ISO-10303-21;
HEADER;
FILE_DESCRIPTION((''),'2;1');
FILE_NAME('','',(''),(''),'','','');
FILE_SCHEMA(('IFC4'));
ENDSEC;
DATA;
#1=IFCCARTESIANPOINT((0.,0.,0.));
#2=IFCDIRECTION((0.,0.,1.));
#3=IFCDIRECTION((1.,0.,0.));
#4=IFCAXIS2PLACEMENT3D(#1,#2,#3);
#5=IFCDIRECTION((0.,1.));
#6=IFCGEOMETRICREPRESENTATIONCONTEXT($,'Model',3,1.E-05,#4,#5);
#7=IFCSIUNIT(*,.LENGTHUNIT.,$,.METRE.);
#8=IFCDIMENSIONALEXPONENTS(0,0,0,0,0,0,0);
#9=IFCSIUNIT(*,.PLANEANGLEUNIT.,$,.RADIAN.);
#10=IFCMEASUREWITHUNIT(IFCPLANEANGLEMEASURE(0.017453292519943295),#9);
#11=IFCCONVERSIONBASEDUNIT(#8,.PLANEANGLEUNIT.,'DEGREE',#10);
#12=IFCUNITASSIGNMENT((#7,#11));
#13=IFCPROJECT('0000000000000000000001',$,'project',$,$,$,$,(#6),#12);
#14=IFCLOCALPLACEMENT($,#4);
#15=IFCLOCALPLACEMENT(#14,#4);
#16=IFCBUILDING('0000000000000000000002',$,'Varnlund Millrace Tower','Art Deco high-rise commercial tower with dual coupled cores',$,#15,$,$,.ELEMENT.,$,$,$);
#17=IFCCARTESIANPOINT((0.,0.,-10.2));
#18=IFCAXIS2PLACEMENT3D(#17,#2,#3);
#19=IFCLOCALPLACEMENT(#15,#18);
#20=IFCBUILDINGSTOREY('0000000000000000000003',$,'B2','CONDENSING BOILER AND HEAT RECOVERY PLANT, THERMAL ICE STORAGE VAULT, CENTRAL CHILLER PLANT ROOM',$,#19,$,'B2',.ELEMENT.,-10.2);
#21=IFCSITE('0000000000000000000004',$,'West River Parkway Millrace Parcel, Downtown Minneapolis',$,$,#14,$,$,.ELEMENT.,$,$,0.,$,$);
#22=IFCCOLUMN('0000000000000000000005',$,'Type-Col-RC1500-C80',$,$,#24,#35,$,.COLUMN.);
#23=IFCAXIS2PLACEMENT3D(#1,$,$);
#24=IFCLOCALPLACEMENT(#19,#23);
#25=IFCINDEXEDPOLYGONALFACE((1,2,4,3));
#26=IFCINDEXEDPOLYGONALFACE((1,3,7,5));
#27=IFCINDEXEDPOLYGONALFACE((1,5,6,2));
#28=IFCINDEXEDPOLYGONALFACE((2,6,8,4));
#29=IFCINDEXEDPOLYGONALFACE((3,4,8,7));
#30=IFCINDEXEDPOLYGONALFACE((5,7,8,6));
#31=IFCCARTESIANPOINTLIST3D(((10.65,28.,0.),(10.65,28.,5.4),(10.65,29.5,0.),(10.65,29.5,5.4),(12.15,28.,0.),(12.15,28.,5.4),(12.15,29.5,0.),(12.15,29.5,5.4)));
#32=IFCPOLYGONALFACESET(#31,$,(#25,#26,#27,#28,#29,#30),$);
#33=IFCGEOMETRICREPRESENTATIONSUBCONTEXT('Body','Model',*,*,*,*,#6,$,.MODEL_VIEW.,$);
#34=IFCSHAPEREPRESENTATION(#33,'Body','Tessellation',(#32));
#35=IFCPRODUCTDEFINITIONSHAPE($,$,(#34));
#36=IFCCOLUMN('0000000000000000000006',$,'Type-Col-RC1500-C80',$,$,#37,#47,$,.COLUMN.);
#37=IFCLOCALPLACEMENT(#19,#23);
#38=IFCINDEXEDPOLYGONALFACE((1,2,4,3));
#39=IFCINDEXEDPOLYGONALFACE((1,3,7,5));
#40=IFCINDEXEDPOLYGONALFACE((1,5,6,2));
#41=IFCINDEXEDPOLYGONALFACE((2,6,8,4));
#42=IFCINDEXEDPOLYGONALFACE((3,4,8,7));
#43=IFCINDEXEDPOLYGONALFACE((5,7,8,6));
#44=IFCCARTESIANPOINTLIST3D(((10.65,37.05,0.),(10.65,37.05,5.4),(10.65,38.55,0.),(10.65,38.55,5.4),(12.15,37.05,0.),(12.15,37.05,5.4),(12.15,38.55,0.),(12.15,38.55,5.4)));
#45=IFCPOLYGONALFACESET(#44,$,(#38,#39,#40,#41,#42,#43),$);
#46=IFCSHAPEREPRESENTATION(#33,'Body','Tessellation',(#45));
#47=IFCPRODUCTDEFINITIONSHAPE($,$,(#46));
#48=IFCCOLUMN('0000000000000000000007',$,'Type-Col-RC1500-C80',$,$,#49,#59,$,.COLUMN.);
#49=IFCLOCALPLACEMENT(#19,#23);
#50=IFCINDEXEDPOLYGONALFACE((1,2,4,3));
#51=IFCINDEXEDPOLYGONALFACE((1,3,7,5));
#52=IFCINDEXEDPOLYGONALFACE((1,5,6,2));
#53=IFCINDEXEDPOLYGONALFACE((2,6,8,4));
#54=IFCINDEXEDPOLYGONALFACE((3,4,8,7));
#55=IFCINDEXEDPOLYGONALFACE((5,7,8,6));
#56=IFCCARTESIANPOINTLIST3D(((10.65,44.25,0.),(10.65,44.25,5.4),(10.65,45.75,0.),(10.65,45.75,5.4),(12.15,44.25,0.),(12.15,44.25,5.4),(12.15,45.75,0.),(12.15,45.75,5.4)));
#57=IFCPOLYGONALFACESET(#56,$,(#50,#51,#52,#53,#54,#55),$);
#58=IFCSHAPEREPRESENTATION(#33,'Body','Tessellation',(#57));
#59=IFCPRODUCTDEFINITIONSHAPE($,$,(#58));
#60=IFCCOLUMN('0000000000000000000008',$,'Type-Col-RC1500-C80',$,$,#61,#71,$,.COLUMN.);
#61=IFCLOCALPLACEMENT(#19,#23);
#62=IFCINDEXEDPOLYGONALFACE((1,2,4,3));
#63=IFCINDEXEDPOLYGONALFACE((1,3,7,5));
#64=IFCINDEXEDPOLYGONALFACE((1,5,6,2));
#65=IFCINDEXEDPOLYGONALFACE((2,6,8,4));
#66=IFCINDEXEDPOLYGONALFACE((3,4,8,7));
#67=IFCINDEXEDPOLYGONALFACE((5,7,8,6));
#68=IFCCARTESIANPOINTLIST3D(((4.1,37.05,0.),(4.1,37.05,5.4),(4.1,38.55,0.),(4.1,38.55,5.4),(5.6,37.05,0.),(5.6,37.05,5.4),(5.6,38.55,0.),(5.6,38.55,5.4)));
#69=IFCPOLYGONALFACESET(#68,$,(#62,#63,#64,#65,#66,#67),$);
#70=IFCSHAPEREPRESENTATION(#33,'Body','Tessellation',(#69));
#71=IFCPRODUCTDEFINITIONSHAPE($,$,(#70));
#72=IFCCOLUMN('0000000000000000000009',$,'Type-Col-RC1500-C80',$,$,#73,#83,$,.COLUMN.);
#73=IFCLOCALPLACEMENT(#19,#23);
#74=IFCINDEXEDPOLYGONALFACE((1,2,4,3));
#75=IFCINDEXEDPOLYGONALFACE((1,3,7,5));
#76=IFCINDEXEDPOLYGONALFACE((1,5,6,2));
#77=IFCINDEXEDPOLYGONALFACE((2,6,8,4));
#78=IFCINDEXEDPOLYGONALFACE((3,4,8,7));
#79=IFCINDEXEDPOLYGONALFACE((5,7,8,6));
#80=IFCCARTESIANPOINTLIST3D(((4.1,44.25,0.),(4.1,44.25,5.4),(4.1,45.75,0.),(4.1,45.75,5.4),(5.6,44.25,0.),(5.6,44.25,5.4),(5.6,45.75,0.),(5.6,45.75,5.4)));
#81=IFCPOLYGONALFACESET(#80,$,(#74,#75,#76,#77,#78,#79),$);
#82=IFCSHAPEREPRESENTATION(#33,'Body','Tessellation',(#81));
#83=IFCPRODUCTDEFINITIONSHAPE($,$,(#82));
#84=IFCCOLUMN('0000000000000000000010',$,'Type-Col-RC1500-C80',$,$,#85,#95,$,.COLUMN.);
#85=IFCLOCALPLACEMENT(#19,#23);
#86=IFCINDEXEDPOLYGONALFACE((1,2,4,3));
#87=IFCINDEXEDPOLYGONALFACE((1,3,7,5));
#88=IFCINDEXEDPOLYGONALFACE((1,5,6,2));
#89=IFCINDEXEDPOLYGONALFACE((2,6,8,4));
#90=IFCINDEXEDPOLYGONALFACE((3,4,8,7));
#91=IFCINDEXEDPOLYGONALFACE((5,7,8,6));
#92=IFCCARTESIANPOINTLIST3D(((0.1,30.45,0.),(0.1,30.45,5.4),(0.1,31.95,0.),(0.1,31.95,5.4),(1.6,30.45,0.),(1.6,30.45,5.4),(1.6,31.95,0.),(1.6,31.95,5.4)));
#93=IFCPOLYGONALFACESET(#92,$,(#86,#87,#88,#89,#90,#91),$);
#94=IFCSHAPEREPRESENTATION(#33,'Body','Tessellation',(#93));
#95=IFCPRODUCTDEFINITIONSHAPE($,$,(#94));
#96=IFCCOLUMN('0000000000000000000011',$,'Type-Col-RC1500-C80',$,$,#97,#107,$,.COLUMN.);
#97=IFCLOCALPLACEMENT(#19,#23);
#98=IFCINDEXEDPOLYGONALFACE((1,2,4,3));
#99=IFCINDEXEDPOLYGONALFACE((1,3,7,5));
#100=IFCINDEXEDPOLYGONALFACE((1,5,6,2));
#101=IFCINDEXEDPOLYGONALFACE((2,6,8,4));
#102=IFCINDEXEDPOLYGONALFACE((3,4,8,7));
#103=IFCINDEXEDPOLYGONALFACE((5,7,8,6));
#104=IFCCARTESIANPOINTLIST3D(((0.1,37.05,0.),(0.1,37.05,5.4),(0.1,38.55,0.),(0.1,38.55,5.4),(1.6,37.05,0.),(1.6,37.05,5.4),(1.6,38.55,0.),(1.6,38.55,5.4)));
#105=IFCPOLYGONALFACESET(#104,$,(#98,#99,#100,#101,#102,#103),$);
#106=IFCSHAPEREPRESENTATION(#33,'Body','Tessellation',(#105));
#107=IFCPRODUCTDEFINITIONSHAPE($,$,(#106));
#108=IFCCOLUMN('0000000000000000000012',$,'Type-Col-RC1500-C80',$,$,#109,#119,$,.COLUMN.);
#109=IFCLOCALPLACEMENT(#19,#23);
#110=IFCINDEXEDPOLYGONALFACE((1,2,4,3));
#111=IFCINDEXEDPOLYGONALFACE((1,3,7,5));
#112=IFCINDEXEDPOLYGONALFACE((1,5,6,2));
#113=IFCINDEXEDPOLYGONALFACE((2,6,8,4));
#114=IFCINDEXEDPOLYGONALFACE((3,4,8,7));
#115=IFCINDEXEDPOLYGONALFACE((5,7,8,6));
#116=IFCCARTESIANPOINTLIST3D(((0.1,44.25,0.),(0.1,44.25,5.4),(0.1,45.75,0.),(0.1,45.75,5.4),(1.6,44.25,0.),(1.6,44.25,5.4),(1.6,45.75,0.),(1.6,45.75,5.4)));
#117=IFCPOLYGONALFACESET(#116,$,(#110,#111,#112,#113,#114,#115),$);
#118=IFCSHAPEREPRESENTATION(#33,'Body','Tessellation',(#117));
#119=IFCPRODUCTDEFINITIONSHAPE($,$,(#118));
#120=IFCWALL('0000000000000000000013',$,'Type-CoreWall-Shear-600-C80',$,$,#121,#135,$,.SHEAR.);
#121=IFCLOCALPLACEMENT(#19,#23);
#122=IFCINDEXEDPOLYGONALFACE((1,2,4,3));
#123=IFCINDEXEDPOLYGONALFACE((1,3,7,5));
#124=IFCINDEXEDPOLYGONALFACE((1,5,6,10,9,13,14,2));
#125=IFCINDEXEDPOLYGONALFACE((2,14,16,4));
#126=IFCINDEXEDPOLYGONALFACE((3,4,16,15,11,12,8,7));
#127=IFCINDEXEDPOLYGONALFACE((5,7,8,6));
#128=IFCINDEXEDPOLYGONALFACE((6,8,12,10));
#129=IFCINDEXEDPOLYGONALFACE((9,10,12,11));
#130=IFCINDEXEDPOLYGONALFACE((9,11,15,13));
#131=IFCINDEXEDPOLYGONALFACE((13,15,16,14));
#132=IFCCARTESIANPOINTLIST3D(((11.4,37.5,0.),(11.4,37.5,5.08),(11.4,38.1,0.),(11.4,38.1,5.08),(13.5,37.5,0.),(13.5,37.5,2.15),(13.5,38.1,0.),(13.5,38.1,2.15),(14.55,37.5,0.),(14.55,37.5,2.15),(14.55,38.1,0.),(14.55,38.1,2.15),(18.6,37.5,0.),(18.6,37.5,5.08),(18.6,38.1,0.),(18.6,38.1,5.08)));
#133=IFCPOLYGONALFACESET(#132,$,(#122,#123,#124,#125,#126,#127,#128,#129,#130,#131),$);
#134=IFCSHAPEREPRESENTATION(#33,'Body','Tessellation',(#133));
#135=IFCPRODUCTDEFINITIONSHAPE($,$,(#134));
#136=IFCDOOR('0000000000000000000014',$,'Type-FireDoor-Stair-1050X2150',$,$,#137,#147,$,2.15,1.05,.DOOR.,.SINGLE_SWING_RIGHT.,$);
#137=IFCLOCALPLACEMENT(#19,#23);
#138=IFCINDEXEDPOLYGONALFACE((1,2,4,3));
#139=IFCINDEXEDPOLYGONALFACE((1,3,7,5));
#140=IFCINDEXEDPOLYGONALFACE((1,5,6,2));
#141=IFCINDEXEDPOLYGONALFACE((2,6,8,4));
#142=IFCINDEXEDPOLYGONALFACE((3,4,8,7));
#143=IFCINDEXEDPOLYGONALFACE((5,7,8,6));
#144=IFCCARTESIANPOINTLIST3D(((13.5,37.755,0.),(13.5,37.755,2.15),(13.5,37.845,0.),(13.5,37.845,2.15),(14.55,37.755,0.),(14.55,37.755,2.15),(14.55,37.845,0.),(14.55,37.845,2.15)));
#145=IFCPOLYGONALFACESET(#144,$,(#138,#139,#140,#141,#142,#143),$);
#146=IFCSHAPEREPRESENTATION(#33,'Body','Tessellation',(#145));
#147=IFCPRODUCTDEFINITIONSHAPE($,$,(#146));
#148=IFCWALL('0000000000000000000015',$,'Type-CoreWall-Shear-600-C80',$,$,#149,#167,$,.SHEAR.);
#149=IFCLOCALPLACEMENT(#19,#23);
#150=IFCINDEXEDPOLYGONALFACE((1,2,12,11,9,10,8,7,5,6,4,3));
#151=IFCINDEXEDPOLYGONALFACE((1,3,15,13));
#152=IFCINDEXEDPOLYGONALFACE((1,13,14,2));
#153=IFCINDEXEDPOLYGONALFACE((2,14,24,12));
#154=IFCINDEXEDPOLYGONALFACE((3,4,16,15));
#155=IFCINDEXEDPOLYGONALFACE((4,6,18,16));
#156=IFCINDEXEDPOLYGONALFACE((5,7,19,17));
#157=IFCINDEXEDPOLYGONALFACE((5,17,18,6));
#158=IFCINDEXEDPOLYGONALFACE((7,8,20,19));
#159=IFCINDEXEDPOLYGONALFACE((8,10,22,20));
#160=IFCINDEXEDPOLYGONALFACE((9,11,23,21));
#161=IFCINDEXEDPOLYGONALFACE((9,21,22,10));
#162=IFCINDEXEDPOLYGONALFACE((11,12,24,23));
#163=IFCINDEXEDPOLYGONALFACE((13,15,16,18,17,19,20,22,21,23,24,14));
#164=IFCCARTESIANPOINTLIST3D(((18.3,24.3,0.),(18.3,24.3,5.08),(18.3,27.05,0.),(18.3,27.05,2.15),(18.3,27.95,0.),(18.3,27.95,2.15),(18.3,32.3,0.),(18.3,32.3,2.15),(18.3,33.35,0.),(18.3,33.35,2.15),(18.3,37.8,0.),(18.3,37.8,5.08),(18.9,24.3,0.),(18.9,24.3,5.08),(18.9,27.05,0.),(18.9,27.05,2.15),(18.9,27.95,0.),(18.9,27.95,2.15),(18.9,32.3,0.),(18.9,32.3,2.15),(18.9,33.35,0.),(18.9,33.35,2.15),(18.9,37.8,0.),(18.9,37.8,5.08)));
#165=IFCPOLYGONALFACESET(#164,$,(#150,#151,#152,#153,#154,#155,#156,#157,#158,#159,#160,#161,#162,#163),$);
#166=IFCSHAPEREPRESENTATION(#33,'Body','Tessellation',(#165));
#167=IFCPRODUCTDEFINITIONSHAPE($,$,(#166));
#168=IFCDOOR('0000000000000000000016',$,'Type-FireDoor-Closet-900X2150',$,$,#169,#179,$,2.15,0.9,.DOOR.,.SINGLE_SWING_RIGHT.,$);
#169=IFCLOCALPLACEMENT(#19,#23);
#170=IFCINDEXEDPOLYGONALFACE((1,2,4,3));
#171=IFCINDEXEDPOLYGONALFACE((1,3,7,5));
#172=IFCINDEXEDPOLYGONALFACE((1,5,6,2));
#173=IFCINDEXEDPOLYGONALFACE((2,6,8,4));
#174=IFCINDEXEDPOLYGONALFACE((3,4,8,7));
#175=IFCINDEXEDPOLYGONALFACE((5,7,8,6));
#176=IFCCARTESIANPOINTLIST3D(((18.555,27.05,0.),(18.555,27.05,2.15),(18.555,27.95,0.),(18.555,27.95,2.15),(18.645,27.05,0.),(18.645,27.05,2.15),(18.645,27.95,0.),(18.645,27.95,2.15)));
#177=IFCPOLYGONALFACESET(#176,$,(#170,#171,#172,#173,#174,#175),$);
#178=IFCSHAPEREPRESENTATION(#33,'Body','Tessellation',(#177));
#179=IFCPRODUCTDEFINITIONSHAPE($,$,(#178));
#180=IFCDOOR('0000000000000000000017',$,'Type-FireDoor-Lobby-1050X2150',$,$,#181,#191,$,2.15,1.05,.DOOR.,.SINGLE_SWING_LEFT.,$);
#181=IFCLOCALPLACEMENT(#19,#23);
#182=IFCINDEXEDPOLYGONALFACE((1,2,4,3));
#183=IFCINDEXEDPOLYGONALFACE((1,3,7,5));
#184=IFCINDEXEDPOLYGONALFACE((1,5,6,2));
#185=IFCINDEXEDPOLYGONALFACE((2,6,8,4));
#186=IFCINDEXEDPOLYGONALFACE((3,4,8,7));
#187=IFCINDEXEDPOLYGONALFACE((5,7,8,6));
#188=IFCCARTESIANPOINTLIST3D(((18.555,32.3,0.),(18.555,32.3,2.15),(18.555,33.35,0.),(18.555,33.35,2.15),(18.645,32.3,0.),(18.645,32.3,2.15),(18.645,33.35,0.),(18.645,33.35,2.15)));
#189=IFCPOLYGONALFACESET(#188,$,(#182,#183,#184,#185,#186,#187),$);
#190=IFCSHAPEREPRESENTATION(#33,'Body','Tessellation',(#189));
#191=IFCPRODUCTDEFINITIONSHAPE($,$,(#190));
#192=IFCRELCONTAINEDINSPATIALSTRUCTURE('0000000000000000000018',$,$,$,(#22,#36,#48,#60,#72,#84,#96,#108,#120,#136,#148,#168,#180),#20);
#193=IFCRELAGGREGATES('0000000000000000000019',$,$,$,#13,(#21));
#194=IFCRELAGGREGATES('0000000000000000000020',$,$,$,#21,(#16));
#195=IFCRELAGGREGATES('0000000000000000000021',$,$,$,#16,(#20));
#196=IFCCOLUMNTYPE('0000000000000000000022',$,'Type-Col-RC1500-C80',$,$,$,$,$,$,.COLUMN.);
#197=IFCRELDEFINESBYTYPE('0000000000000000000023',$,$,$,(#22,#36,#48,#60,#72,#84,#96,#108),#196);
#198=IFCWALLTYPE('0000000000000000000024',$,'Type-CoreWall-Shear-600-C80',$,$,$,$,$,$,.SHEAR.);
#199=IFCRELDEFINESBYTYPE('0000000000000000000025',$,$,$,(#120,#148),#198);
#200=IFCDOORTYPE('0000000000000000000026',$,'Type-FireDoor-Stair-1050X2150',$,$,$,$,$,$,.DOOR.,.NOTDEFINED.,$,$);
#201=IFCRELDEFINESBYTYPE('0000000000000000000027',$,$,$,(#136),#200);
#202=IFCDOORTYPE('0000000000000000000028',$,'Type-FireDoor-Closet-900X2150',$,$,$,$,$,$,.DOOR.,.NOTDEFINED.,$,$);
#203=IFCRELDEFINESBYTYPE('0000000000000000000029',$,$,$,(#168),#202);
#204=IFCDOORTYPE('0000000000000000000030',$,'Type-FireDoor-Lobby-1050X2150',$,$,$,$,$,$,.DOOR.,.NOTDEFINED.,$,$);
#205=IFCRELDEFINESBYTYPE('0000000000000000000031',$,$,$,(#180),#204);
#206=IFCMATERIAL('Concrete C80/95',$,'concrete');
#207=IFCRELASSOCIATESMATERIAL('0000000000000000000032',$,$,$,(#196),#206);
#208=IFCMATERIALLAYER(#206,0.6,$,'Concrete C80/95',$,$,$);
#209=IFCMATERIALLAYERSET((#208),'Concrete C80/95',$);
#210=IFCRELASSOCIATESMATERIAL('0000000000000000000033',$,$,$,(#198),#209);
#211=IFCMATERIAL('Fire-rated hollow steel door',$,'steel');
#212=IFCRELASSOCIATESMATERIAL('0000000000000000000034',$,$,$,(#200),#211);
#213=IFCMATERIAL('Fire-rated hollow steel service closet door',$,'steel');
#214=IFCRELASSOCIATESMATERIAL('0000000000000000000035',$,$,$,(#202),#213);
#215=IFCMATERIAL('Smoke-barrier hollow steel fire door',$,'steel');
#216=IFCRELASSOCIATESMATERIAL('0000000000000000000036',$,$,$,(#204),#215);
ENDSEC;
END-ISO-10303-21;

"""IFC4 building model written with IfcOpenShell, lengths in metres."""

from ifc_helpers import new_model, entity, si_unit, converted_unit, direction, frame, origin_with_axes, origin_2d_with_axis, place, context, subcontext, project, spatial, polyline, rectangle, outline, extrude, material, layer, layer_set, material_profile, profile_set, type_object, element, fill, save


model = new_model("IFC4")

# Units and contexts
model_context = context("Model", 3, precision=1e-05, world=origin_with_axes(), true_north=direction((0.0, 1.0)))
body_context = subcontext(model_context, "Body", "Model", "MODEL_VIEW")
ifc_project = project(units=[si_unit("LENGTHUNIT", "METRE"), converted_unit("PLANEANGLEUNIT", "DEGREE", entity("IfcPlaneAngleMeasure", 0.017453292519943295), si_unit("PLANEANGLEUNIT", "RADIAN"), dimensions=[0, 0, 0, 0, 0, 0, 0])], contexts=[model_context])

# Site, building, storey
site_placement = place(None, origin_with_axes())
site = spatial("IfcSite", under=ifc_project, at=site_placement, Name="West River Parkway Millrace Parcel, Downtown Minneapolis", CompositionType="ELEMENT", RefElevation=0.0)
building_placement = place(site_placement, origin_with_axes())
building = spatial("IfcBuilding", under=site, at=building_placement, Name="Varnlund Millrace Tower", Description="Art Deco high-rise commercial tower with dual coupled cores", CompositionType="ELEMENT")
storey_placement = place(building_placement, frame((0.0, 0.0, -10.2), z_axis=(0.0, 0.0, 1.0), x_axis=(1.0, 0.0, 0.0)))
storey = spatial("IfcBuildingStorey", under=building, at=storey_placement, Name="B2", Description="CONDENSING BOILER AND HEAT RECOVERY PLANT, THERMAL ICE STORAGE VAULT, CENTRAL CHILLER PLANT ROOM", LongName="B2", CompositionType="ELEMENT", Elevation=-10.2)

# Columns
ifc_material_1 = material(Name="Concrete C80/95", Category="concrete")
ifc_material_profile = material_profile(ifc_material_1, rectangle(XDim=1.5, YDim=1.5, at=origin_2d_with_axis()), Name="Concrete C80/95")
ifc_profile_set = profile_set([ifc_material_profile], Name="Concrete C80/95")
column_type = type_object("IfcColumnType", Name="Type-Col-RC1500-C80", PredefinedType="COLUMN", material=ifc_profile_set)
for number, where, z_axis, x_axis, name in (
    (1, (11.4, 28.75, 0.0), (0.0, 0.0, 1.0), (1.0, 0.0, 0.0), "Type-Col-RC1500-C80"),
    (2, (11.4, 37.8, 0.0), (0.0, 0.0, 1.0), (1.0, 0.0, 0.0), "Type-Col-RC1500-C80"),
    (3, (11.4, 45.0, 0.0), (0.0, 0.0, 1.0), (1.0, 0.0, 0.0), "Type-Col-RC1500-C80"),
    (4, (4.85, 37.8, 0.0), (0.0, 0.0, 1.0), (1.0, 0.0, 0.0), "Type-Col-RC1500-C80"),
    (5, (4.85, 45.0, 0.0), (0.0, 0.0, 1.0), (1.0, 0.0, 0.0), "Type-Col-RC1500-C80"),
    (6, (0.85, 31.2, 0.0), (0.0, 0.0, 1.0), (1.0, 0.0, 0.0), "Type-Col-RC1500-C80"),
    (7, (0.85, 37.8, 0.0), (0.0, 0.0, 1.0), (1.0, 0.0, 0.0), "Type-Col-RC1500-C80"),
    (8, (0.85, 45.0, 0.0), (0.0, 0.0, 1.0), (1.0, 0.0, 0.0), "Type-Col-RC1500-C80"),
):
    element("IfcColumn", number, at=place(storey_placement, frame(where, z_axis=z_axis, x_axis=x_axis)), inside=storey, type_object=column_type, Name=name, PredefinedType="COLUMN", context=body_context, shape_type="SweptSolid", body=[
        extrude(rectangle(XDim=1.5, YDim=1.5, at=origin_2d_with_axis()), origin_with_axes(), (0.0, 0.0, 1.0), 5.4),
    ])

# Wall, opening, door
ifc_layer_1 = layer(ifc_material_1, 0.6, Name="Concrete C80/95")
ifc_layer_set_1 = layer_set([ifc_layer_1], Name="Concrete C80/95")
wall_type_1 = type_object("IfcWallType", Name="Type-CoreWall-Shear-600-C80", PredefinedType="SHEAR", material=ifc_layer_set_1)
wall_1_placement = place(storey_placement, frame((11.4, 37.8, 0.0), z_axis=(0.0, 0.0, 1.0), x_axis=(1.0, 0.0, 0.0)))
wall_1 = element("IfcWall", 9, at=wall_1_placement, inside=storey, type_object=wall_type_1, Name="Type-CoreWall-Shear-600-C80", PredefinedType="SHEAR", context=body_context, shape_type="SweptSolid", body=[
    extrude(outline(polyline([(0.0, -0.3), (7.2, -0.3), (7.2, 0.3), (0.0, 0.3), (0.0, -0.3)])), origin_with_axes(), (0.0, 0.0, 1.0), 5.08),
])
opening_1_placement = place(wall_1_placement, frame((2.625, 0.0, 0.0), z_axis=(0.0, 0.0, 1.0), x_axis=(1.0, 0.0, 0.0)))
opening_1 = element("IfcOpeningElement", 10, at=opening_1_placement, cuts=wall_1, PredefinedType="OPENING", context=body_context, shape_type="SweptSolid", body=[
    extrude(rectangle(XDim=1.05, YDim=0.62, at=origin_2d_with_axis()), origin_with_axes(), (0.0, 0.0, 1.0), 2.15),
])
ifc_material_2 = material(Name="Fire-rated hollow steel door", Category="steel")
door_type_1 = type_object("IfcDoorType", Name="Type-FireDoor-Stair-1050X2150", OperationType="NOTDEFINED", PredefinedType="DOOR", material=ifc_material_2)
door_1_placement = place(wall_1_placement, frame((2.625, 0.0, 0.0), z_axis=(0.0, 0.0, 1.0), x_axis=(1.0, 0.0, 0.0)))
door_1 = element("IfcDoor", 11, at=door_1_placement, inside=storey, type_object=door_type_1, Name="Type-FireDoor-Stair-1050X2150", OperationType="SINGLE_SWING_RIGHT", OverallHeight=2.15, OverallWidth=1.05, PredefinedType="DOOR", context=body_context, shape_type="SweptSolid", body=[
    extrude(rectangle(XDim=1.05, YDim=0.09, at=origin_2d_with_axis()), origin_with_axes(), (0.0, 0.0, 1.0), 2.15),
])
fill(opening_1, door_1)

# Wall, openings, doors
wall_2_placement = place(storey_placement, frame((18.6, 24.3, 0.0), z_axis=(0.0, 0.0, 1.0), x_axis=(0.0, 1.0, 0.0)))
wall_2 = element("IfcWall", 12, at=wall_2_placement, inside=storey, type_object=wall_type_1, Name="Type-CoreWall-Shear-600-C80", PredefinedType="SHEAR", context=body_context, shape_type="SweptSolid", body=[
    extrude(outline(polyline([(0.0, -0.3), (13.5, -0.3), (13.5, 0.3), (0.0, 0.3), (0.0, -0.3)])), origin_with_axes(), (0.0, 0.0, 1.0), 5.08),
])
opening_2_placement = place(wall_2_placement, frame((3.2, 0.0, 0.0), z_axis=(0.0, 0.0, 1.0), x_axis=(1.0, 0.0, 0.0)))
opening_2 = element("IfcOpeningElement", 13, at=opening_2_placement, cuts=wall_2, PredefinedType="OPENING", context=body_context, shape_type="SweptSolid", body=[
    extrude(rectangle(XDim=0.9, YDim=0.62, at=origin_2d_with_axis()), origin_with_axes(), (0.0, 0.0, 1.0), 2.15),
])
opening_3_placement = place(wall_2_placement, frame((8.525, 0.0, 0.0), z_axis=(0.0, 0.0, 1.0), x_axis=(1.0, 0.0, 0.0)))
opening_3 = element("IfcOpeningElement", 14, at=opening_3_placement, cuts=wall_2, PredefinedType="OPENING", context=body_context, shape_type="SweptSolid", body=[
    extrude(rectangle(XDim=1.05, YDim=0.62, at=origin_2d_with_axis()), origin_with_axes(), (0.0, 0.0, 1.0), 2.15),
])
ifc_material_3 = material(Name="Fire-rated hollow steel service closet door", Category="steel")
door_type_2 = type_object("IfcDoorType", Name="Type-FireDoor-Closet-900X2150", OperationType="NOTDEFINED", PredefinedType="DOOR", material=ifc_material_3)
door_2_placement = place(wall_2_placement, frame((3.2, 0.0, 0.0), z_axis=(0.0, 0.0, 1.0), x_axis=(1.0, 0.0, 0.0)))
door_2 = element("IfcDoor", 15, at=door_2_placement, inside=storey, type_object=door_type_2, Name="Type-FireDoor-Closet-900X2150", OperationType="SINGLE_SWING_RIGHT", OverallHeight=2.15, OverallWidth=0.9, PredefinedType="DOOR", context=body_context, shape_type="SweptSolid", body=[
    extrude(rectangle(XDim=0.9, YDim=0.09, at=origin_2d_with_axis()), origin_with_axes(), (0.0, 0.0, 1.0), 2.15),
])
fill(opening_2, door_2)
ifc_material_4 = material(Name="Smoke-barrier hollow steel fire door", Category="steel")
door_type_3 = type_object("IfcDoorType", Name="Type-FireDoor-Lobby-1050X2150", OperationType="NOTDEFINED", PredefinedType="DOOR", material=ifc_material_4)
door_3_placement = place(wall_2_placement, frame((8.525, 0.0, 0.0), z_axis=(0.0, 0.0, 1.0), x_axis=(1.0, 0.0, 0.0)))
door_3 = element("IfcDoor", 16, at=door_3_placement, inside=storey, type_object=door_type_3, Name="Type-FireDoor-Lobby-1050X2150", OperationType="SINGLE_SWING_LEFT", OverallHeight=2.15, OverallWidth=1.05, PredefinedType="DOOR", context=body_context, shape_type="SweptSolid", body=[
    extrude(rectangle(XDim=1.05, YDim=0.09, at=origin_2d_with_axis()), origin_with_axes(), (0.0, 0.0, 1.0), 2.15),
])
fill(opening_3, door_3)

save(model, "model.ifc")
